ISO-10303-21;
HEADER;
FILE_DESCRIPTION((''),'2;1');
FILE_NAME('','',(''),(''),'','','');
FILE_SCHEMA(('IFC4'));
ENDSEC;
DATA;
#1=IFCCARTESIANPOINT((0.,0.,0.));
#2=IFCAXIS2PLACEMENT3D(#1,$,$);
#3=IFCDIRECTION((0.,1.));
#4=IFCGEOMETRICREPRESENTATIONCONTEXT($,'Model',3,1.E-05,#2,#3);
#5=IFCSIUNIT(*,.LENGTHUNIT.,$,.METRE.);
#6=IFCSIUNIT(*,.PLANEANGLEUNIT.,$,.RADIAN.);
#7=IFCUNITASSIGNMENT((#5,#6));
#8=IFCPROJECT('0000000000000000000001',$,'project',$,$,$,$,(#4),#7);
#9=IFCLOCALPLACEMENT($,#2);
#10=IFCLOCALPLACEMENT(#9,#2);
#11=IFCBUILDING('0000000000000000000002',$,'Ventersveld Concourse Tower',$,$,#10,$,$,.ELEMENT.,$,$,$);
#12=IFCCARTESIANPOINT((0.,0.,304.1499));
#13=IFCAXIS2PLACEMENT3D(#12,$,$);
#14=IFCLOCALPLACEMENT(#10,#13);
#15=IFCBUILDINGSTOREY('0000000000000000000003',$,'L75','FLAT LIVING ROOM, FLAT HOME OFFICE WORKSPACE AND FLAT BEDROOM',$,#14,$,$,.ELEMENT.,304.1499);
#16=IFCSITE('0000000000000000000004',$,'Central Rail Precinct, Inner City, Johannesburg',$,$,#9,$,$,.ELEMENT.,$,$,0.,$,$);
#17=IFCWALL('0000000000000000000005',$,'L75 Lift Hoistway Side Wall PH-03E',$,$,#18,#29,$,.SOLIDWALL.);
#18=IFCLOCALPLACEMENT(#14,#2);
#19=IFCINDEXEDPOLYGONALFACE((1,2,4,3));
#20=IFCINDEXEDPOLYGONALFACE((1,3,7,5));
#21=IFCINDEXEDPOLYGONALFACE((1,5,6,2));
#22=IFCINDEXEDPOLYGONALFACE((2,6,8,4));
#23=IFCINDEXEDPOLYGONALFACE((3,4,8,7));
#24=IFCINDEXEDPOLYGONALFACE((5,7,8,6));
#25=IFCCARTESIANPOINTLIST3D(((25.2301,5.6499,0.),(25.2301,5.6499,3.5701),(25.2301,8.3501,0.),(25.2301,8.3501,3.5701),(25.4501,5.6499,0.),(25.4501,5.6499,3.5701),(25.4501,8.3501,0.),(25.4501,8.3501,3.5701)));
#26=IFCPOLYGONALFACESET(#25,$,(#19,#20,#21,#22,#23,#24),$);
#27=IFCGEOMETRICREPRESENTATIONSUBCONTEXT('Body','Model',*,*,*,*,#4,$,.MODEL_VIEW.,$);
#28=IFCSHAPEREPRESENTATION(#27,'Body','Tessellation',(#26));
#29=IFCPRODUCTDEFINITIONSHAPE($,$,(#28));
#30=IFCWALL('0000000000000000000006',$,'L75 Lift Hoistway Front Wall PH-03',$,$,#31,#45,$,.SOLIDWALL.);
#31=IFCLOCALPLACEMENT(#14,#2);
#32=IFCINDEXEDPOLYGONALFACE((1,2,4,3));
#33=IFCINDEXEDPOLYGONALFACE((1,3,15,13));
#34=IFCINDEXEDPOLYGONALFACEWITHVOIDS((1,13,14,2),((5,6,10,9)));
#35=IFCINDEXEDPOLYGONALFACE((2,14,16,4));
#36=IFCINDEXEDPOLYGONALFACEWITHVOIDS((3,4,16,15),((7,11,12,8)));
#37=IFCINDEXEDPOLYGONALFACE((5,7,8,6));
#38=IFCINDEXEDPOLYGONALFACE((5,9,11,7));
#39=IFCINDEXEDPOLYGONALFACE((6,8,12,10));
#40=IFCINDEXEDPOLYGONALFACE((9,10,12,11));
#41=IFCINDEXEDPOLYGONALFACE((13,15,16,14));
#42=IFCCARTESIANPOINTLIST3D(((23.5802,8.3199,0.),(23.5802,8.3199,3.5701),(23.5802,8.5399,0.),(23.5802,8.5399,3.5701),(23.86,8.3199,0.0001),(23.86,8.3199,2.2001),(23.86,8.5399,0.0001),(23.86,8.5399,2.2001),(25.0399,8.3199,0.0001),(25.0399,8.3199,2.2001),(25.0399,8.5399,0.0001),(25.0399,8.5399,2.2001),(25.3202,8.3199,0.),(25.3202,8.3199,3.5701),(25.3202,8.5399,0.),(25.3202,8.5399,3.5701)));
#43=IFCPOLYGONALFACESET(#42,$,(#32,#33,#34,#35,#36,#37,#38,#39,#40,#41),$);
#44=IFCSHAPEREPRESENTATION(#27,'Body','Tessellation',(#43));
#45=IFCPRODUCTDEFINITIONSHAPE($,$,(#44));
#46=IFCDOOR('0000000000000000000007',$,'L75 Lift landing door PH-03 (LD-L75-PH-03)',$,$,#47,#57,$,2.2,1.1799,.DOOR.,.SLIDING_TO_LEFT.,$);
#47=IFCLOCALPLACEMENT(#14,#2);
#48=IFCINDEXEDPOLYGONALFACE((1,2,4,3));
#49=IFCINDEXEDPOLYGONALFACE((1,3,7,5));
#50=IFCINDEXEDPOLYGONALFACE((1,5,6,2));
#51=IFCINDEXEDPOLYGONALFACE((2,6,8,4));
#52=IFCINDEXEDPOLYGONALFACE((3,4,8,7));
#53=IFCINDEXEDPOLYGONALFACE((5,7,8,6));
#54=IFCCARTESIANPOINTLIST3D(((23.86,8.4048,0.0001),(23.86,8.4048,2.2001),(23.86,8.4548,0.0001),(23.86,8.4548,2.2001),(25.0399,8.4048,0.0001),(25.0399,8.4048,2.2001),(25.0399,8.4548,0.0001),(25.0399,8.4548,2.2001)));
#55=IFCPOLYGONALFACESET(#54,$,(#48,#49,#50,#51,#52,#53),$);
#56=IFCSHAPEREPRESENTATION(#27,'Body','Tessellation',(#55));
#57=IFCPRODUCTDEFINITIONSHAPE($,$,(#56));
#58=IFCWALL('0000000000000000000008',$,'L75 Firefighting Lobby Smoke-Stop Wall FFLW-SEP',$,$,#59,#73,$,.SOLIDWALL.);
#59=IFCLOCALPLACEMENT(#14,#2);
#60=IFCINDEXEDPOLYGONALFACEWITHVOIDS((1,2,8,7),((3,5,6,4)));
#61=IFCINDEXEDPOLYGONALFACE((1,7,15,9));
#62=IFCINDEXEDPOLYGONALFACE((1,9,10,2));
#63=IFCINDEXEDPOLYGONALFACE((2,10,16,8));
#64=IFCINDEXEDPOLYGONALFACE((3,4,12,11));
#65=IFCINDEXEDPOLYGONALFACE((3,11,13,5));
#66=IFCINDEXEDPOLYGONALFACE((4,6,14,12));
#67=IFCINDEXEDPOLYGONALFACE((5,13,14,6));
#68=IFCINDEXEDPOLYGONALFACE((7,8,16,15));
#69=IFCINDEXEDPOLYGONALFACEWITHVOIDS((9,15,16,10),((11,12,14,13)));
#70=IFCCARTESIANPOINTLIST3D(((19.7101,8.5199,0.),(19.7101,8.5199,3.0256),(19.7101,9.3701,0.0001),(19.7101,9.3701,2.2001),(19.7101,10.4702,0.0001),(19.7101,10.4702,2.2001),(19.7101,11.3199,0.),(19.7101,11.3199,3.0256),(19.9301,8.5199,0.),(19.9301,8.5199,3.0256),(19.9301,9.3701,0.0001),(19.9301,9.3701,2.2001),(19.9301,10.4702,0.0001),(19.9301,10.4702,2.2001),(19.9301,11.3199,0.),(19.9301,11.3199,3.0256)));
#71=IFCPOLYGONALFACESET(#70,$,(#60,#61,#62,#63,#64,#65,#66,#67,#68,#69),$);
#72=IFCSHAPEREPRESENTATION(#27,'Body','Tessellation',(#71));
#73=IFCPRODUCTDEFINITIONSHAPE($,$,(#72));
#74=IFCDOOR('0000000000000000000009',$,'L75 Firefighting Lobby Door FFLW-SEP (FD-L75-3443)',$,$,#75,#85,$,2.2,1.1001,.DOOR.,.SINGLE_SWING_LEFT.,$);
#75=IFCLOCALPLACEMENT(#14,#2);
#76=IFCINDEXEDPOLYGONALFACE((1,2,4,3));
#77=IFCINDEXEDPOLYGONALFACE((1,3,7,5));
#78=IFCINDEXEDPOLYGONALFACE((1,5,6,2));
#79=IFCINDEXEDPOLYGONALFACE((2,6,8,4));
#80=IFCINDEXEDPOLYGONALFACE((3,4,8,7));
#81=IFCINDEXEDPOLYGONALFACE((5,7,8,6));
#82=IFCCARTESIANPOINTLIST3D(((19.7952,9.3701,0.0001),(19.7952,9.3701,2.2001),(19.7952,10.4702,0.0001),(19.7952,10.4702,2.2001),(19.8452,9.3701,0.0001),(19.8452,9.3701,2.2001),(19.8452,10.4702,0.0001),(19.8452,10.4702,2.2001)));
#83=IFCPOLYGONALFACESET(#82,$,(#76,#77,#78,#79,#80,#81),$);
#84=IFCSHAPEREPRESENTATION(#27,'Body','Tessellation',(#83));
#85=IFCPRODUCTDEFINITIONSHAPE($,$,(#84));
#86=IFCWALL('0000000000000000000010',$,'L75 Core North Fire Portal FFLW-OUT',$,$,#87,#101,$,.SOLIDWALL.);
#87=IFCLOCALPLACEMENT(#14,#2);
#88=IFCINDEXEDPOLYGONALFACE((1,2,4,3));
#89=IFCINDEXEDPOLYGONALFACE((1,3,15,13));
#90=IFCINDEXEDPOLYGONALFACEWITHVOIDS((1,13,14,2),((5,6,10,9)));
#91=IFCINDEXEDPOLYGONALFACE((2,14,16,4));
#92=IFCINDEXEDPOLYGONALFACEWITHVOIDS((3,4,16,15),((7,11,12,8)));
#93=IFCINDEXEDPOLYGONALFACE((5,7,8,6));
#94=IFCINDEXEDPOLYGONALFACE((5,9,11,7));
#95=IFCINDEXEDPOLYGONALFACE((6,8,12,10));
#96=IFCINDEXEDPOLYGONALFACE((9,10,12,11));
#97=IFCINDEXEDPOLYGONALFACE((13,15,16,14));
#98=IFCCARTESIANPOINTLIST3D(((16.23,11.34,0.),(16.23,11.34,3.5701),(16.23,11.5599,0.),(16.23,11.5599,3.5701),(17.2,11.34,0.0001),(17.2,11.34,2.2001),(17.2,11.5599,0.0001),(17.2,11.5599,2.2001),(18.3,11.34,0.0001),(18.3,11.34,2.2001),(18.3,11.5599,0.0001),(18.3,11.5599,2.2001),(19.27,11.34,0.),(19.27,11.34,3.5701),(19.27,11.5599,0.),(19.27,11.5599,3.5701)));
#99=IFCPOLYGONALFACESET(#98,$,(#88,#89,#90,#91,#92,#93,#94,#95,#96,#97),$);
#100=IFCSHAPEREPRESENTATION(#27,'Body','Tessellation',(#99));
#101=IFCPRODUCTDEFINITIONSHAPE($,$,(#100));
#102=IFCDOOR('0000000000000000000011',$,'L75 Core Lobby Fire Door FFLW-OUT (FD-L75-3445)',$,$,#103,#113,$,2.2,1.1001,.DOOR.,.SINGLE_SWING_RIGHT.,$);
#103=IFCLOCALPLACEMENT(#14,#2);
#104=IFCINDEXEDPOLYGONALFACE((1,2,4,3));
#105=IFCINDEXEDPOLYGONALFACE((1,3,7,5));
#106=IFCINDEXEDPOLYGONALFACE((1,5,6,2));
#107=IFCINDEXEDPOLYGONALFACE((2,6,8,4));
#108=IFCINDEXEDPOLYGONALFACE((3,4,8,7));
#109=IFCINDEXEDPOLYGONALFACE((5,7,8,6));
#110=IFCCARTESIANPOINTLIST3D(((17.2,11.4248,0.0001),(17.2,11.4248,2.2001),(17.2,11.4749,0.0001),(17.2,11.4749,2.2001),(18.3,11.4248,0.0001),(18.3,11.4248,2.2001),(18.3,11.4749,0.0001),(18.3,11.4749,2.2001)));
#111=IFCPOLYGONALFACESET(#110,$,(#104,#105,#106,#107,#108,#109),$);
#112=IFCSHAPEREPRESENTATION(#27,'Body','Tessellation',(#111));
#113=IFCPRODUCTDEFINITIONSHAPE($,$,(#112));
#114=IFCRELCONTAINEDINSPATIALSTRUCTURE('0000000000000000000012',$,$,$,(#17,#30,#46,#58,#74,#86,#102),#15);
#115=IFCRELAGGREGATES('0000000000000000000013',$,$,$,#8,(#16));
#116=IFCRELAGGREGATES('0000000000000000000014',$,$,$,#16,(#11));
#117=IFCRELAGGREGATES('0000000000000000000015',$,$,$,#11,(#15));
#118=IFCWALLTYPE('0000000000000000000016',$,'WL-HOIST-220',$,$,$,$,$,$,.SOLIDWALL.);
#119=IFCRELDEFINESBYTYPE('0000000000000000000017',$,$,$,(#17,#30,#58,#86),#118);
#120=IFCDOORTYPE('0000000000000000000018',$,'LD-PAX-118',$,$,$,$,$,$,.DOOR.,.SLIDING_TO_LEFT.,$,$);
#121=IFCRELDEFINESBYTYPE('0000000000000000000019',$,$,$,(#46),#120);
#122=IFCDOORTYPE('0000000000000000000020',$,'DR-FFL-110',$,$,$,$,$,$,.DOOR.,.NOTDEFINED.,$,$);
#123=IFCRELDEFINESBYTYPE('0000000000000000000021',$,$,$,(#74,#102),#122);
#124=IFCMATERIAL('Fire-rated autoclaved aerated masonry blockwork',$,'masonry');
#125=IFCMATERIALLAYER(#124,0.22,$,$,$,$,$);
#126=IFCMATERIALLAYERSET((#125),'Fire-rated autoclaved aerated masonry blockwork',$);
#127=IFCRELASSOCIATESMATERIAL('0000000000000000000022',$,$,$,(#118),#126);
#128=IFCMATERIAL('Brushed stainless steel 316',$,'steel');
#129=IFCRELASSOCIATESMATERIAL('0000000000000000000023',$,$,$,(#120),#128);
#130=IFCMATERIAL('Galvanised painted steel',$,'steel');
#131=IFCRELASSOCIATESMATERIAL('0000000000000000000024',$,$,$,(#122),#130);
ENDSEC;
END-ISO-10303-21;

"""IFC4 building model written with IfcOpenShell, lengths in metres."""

from ifc_helpers import new_model, si_unit, direction, frame, frame_2d, origin, place, context, subcontext, project, spatial, rectangle, extrude, material, layer, layer_set, type_object, element, fill, save


model = new_model("IFC4")

# Units and contexts
model_context = context("Model", 3, precision=1e-05, world=origin(), true_north=direction((0.0, 1.0)))
body_context = subcontext(model_context, "Body", "Model", "MODEL_VIEW")
ifc_project = project(units=[si_unit("LENGTHUNIT", "METRE"), si_unit("PLANEANGLEUNIT", "RADIAN")], contexts=[model_context])

# Site, building, storey
site_placement = place(None, origin())
site = spatial("IfcSite", under=ifc_project, at=site_placement, Name="Central Rail Precinct, Inner City, Johannesburg", CompositionType="ELEMENT", RefElevation=0.0)
building_placement = place(site_placement, origin())
building = spatial("IfcBuilding", under=site, at=building_placement, Name="Ventersveld Concourse Tower", CompositionType="ELEMENT")
storey_placement = place(building_placement, frame((0.0, 0.0, 304.1499)))
storey = spatial("IfcBuildingStorey", under=building, at=storey_placement, Name="L75", Description="FLAT LIVING ROOM, FLAT HOME OFFICE WORKSPACE AND FLAT BEDROOM", CompositionType="ELEMENT", Elevation=304.1499)

# Shared definitions
ifc_material_1 = material(Name="Fire-rated autoclaved aerated masonry blockwork", Category="masonry")
ifc_layer = layer(ifc_material_1, 0.22)
ifc_layer_set = layer_set([ifc_layer], Name="Fire-rated autoclaved aerated masonry blockwork")
wall_type = type_object("IfcWallType", Name="WL-HOIST-220", PredefinedType="SOLIDWALL", material=ifc_layer_set)
ifc_material_2 = material(Name="Brushed stainless steel 316", Category="steel")

# Shared definitions
door_type_1 = type_object("IfcDoorType", Name="LD-PAX-118", OperationType="SLIDING_TO_LEFT", PredefinedType="DOOR", material=ifc_material_2)

# Wall
wall_1_placement = place(storey_placement, frame((25.3401, 5.6499, 0.0), z_axis=(0.0, 0.0, 1.0), x_axis=(0.0, 1.0, 0.0)))
element("IfcWall", 1, at=wall_1_placement, inside=storey, type_object=wall_type, Name="L75 Lift Hoistway Side Wall PH-03E", PredefinedType="SOLIDWALL", context=body_context, shape_type="SweptSolid", body=[
    extrude(rectangle(XDim=2.7002, YDim=0.22, at=frame_2d((1.3501, 0.0))), origin(), (0.0, 0.0, 1.0), 3.5701),
])

# Walls, openings, doors
wall_2_placement = place(storey_placement, frame((23.5801, 8.4299, 0.0), z_axis=(0.0, 0.0, 1.0), x_axis=(1.0, 0.0, 0.0)))
wall_2 = element("IfcWall", 2, at=wall_2_placement, inside=storey, type_object=wall_type, Name="L75 Lift Hoistway Front Wall PH-03", PredefinedType="SOLIDWALL", context=body_context, shape_type="SweptSolid", body=[
    extrude(rectangle(XDim=1.74, YDim=0.22, at=frame_2d((0.8701, 0.0))), origin(), (0.0, 0.0, 1.0), 3.5701),
])
opening_1_placement = place(wall_2_placement, frame((0.28, 0.0, 0.0)))
opening_1 = element("IfcOpeningElement", 3, at=opening_1_placement, cuts=wall_2, PredefinedType="OPENING", context=body_context, shape_type="SweptSolid", body=[
    extrude(rectangle(XDim=1.1799, YDim=2.2, at=frame_2d((0.5898, 1.1001))), frame((0.0, 0.1201, 0.0), z_axis=(0.0, -1.0, 0.0), x_axis=(1.0, 0.0, 0.0)), (0.0, 0.0, 1.0), 0.24),
])
door_1_placement = place(opening_1_placement, origin())
door_1 = element("IfcDoor", 4, at=door_1_placement, inside=storey, type_object=door_type_1, Name="L75 Lift landing door PH-03 (LD-L75-PH-03)", OperationType="SLIDING_TO_LEFT", OverallHeight=2.2, OverallWidth=1.1799, PredefinedType="DOOR", context=body_context, shape_type="SweptSolid", body=[
    extrude(rectangle(XDim=1.1799, YDim=2.2, at=frame_2d((0.5898, 1.1001))), frame((0.0, 0.0249, 0.0), z_axis=(0.0, -1.0, 0.0), x_axis=(1.0, 0.0, 0.0)), (0.0, 0.0, 1.0), 0.05),
])
fill(opening_1, door_1)
wall_3_placement = place(storey_placement, frame((19.8201, 8.52, 0.0), z_axis=(0.0, 0.0, 1.0), x_axis=(0.0, 1.0, 0.0)))
wall_3 = element("IfcWall", 5, at=wall_3_placement, inside=storey, type_object=wall_type, Name="L75 Firefighting Lobby Smoke-Stop Wall FFLW-SEP", PredefinedType="SOLIDWALL", context=body_context, shape_type="SweptSolid", body=[
    extrude(rectangle(XDim=2.8, YDim=0.22, at=frame_2d((1.3999, 0.0))), origin(), (0.0, 0.0, 1.0), 3.0256),
])
opening_2_placement = place(wall_3_placement, frame((0.8501, 0.0, 0.0)))
opening_2 = element("IfcOpeningElement", 6, at=opening_2_placement, cuts=wall_3, PredefinedType="OPENING", context=body_context, shape_type="SweptSolid", body=[
    extrude(rectangle(XDim=1.1001, YDim=2.2, at=frame_2d((0.55, 1.1001))), frame((0.0, 0.1201, 0.0), z_axis=(0.0, -1.0, 0.0), x_axis=(1.0, 0.0, 0.0)), (0.0, 0.0, 1.0), 0.24),
])
ifc_material_3 = material(Name="Galvanised painted steel", Category="steel")
door_type_2 = type_object("IfcDoorType", Name="DR-FFL-110", OperationType="NOTDEFINED", PredefinedType="DOOR", material=ifc_material_3)
door_2_placement = place(opening_2_placement, origin())
door_2 = element("IfcDoor", 7, at=door_2_placement, inside=storey, type_object=door_type_2, Name="L75 Firefighting Lobby Door FFLW-SEP (FD-L75-3443)", OperationType="SINGLE_SWING_LEFT", OverallHeight=2.2, OverallWidth=1.1001, PredefinedType="DOOR", context=body_context, shape_type="SweptSolid", body=[
    extrude(rectangle(XDim=1.1001, YDim=2.2, at=frame_2d((0.55, 1.1001))), frame((0.0, 0.0249, 0.0), z_axis=(0.0, -1.0, 0.0), x_axis=(1.0, 0.0, 0.0)), (0.0, 0.0, 1.0), 0.05),
])
fill(opening_2, door_2)
wall_4_placement = place(storey_placement, frame((16.23, 11.45, 0.0), z_axis=(0.0, 0.0, 1.0), x_axis=(1.0, 0.0, 0.0)))
wall_4 = element("IfcWall", 8, at=wall_4_placement, inside=storey, type_object=wall_type, Name="L75 Core North Fire Portal FFLW-OUT", PredefinedType="SOLIDWALL", context=body_context, shape_type="SweptSolid", body=[
    extrude(rectangle(XDim=3.04, YDim=0.22, at=frame_2d((1.52, 0.0))), origin(), (0.0, 0.0, 1.0), 3.5701),
])
opening_3_placement = place(wall_4_placement, frame((0.97, 0.0, 0.0)))
opening_3 = element("IfcOpeningElement", 9, at=opening_3_placement, cuts=wall_4, PredefinedType="OPENING", context=body_context, shape_type="SweptSolid", body=[
    extrude(rectangle(XDim=1.1001, YDim=2.2, at=frame_2d((0.55, 1.1001))), frame((0.0, 0.1201, 0.0), z_axis=(0.0, -1.0, 0.0), x_axis=(1.0, 0.0, 0.0)), (0.0, 0.0, 1.0), 0.24),
])
door_3_placement = place(opening_3_placement, origin())
door_3 = element("IfcDoor", 10, at=door_3_placement, inside=storey, type_object=door_type_2, Name="L75 Core Lobby Fire Door FFLW-OUT (FD-L75-3445)", OperationType="SINGLE_SWING_RIGHT", OverallHeight=2.2, OverallWidth=1.1001, PredefinedType="DOOR", context=body_context, shape_type="SweptSolid", body=[
    extrude(rectangle(XDim=1.1001, YDim=2.2, at=frame_2d((0.55, 1.1001))), frame((0.0, 0.0249, 0.0), z_axis=(0.0, -1.0, 0.0), x_axis=(1.0, 0.0, 0.0)), (0.0, 0.0, 1.0), 0.05),
])
fill(opening_3, door_3)

save(model, "model.ifc")
